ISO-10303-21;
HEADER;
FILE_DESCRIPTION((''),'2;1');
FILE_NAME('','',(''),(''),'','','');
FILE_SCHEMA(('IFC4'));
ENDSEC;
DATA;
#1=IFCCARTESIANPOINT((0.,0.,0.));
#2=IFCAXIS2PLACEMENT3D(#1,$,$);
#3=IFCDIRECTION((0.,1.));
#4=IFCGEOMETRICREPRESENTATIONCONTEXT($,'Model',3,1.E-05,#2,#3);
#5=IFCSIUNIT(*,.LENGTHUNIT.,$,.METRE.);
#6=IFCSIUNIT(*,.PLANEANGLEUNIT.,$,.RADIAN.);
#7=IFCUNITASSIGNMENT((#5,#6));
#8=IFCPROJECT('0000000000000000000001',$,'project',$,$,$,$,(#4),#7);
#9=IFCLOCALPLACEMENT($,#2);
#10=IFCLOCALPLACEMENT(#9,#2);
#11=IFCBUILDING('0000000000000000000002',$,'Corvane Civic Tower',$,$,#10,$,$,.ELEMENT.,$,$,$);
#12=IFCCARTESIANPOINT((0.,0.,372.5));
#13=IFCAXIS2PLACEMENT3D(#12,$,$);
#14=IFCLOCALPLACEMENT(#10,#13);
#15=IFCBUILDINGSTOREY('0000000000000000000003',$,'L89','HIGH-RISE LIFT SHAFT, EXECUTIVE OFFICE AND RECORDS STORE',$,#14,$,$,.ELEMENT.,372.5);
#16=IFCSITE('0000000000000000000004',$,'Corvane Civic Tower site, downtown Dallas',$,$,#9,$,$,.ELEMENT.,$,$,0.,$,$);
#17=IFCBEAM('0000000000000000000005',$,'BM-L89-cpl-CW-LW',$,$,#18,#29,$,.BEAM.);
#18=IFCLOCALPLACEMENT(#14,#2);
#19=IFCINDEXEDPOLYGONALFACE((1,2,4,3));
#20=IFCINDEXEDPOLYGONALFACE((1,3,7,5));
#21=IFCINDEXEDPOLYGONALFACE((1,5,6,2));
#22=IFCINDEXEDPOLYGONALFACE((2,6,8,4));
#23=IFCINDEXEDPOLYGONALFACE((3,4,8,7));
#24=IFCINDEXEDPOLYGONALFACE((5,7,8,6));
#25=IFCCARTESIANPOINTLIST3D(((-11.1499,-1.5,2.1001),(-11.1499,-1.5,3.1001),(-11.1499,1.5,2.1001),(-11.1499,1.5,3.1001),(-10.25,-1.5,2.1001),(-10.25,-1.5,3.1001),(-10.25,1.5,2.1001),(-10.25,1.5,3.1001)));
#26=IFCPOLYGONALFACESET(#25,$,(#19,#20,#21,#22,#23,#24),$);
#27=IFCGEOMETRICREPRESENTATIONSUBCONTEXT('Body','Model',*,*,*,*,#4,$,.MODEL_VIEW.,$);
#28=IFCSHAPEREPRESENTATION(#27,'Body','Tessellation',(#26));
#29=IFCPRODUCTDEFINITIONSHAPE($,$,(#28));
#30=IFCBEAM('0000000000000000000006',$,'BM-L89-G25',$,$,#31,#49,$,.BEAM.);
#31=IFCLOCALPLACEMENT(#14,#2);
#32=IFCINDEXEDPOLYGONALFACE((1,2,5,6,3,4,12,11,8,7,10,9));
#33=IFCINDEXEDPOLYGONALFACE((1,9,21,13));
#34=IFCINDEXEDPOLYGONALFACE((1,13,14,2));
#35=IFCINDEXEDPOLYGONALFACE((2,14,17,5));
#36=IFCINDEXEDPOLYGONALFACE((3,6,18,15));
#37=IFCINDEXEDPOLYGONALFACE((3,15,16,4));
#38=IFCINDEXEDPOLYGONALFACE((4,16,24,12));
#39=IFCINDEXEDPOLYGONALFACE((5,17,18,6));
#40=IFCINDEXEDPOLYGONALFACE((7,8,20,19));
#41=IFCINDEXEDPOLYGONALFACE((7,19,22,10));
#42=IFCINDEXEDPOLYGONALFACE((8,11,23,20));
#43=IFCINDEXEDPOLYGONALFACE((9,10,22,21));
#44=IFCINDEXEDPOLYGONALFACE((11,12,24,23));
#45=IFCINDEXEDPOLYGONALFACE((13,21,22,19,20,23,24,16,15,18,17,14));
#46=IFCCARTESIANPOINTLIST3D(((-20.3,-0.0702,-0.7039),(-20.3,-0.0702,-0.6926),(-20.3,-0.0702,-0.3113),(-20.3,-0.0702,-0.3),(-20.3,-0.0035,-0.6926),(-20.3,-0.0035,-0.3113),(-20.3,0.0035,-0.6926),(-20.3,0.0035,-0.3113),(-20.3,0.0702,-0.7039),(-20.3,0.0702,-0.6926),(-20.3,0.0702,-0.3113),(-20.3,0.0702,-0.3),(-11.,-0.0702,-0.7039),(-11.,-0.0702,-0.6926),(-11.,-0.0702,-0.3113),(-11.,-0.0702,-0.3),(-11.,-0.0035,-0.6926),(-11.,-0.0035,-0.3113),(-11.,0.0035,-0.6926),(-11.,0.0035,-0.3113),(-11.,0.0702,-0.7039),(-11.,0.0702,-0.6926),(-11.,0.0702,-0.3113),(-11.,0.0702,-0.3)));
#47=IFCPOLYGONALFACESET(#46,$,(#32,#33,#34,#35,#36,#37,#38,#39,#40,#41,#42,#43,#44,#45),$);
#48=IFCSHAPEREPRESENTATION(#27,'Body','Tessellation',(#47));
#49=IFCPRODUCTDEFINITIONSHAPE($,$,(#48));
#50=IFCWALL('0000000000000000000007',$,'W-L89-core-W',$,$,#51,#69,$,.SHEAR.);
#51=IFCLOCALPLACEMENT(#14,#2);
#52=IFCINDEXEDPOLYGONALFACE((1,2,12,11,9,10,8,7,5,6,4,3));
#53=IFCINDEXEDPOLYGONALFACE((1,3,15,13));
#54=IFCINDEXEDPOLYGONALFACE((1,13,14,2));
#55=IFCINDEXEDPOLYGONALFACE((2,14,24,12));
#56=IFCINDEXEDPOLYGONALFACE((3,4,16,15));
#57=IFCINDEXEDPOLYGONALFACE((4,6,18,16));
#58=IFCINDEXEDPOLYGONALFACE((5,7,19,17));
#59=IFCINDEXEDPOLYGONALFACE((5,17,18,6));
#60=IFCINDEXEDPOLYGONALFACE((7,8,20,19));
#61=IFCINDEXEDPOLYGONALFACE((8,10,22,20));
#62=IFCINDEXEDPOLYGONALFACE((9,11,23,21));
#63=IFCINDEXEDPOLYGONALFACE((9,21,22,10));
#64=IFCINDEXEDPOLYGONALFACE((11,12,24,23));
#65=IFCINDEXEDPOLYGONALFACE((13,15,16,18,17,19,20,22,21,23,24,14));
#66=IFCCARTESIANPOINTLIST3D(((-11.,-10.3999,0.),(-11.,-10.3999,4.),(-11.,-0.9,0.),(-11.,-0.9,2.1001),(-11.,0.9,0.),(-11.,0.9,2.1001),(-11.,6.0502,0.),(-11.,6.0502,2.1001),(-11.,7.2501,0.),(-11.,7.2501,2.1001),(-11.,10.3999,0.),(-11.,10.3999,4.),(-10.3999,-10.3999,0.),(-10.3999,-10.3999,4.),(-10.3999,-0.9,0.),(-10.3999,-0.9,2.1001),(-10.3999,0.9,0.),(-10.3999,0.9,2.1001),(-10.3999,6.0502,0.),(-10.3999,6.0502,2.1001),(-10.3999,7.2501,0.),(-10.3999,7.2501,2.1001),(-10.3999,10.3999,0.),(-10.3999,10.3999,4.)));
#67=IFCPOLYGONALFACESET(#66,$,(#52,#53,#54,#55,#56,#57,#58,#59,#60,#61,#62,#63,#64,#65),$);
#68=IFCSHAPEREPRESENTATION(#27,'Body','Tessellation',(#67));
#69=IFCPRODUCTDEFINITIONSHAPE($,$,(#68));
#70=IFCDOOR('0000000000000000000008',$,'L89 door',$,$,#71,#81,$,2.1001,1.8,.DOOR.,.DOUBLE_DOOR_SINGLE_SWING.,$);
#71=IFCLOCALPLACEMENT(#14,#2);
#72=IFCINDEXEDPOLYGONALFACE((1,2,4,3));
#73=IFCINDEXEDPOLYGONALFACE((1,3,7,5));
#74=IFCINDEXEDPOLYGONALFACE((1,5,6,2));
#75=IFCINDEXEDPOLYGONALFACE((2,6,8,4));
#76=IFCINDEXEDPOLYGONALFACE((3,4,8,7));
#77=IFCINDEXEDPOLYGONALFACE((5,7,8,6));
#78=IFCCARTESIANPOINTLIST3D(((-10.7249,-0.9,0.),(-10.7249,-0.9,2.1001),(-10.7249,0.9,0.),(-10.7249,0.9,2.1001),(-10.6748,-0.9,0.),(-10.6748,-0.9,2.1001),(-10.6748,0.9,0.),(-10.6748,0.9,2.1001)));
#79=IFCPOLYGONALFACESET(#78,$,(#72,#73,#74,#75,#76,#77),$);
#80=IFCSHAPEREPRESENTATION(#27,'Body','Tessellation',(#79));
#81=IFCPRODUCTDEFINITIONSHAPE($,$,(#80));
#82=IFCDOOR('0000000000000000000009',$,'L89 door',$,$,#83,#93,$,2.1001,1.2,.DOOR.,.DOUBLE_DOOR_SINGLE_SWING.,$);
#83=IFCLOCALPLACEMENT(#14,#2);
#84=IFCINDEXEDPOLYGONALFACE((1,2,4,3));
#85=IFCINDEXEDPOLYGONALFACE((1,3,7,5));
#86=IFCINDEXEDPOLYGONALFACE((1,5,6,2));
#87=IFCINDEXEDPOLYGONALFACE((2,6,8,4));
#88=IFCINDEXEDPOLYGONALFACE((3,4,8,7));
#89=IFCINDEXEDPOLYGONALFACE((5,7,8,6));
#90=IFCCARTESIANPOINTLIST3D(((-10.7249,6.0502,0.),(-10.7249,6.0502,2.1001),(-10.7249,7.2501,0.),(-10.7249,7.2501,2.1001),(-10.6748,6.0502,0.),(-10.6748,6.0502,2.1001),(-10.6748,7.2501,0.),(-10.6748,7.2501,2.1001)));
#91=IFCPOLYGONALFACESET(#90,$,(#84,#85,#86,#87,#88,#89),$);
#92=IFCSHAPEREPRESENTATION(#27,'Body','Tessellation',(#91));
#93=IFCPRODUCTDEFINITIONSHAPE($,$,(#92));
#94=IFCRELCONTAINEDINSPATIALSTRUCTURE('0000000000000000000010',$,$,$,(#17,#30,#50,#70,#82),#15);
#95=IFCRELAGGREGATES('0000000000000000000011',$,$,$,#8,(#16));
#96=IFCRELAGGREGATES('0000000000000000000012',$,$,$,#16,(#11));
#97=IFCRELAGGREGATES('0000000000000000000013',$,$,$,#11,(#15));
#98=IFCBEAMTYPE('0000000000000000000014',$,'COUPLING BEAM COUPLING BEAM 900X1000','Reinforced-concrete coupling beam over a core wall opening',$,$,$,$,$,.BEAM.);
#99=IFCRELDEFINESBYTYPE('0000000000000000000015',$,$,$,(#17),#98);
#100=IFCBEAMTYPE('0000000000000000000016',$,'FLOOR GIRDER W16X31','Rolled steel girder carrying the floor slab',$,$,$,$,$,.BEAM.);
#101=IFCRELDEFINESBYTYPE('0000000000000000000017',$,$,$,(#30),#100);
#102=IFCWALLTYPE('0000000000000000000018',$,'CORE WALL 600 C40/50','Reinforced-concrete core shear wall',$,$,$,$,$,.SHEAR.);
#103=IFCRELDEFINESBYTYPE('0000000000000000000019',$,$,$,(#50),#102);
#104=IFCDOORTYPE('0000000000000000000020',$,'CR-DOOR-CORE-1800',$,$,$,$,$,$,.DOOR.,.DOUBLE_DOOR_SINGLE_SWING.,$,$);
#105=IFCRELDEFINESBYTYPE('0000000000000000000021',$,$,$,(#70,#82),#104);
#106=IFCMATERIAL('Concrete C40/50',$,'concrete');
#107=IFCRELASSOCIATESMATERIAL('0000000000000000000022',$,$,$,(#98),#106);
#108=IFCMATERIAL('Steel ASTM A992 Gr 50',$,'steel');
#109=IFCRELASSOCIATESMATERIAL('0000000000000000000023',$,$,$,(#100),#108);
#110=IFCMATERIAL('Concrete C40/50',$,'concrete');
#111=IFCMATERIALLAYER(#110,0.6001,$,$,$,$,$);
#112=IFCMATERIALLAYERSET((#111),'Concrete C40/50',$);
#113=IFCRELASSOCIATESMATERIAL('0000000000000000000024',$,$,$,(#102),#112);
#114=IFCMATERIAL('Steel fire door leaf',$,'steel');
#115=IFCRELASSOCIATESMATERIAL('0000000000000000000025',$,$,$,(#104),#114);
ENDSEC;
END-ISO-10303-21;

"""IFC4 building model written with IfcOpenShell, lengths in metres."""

from ifc_helpers import new_model, si_unit, direction, frame, frame_2d, origin, origin_2d, place, context, subcontext, project, spatial, rectangle, i_section, extrude, material, layer, layer_set, material_profile, profile_set, type_object, element, fill, save


model = new_model("IFC4")

# Units and contexts
model_context = context("Model", 3, precision=1e-05, world=origin(), true_north=direction((0.0, 1.0)))
body_context = subcontext(model_context, "Body", "Model", "MODEL_VIEW")
ifc_project = project(units=[si_unit("LENGTHUNIT", "METRE"), si_unit("PLANEANGLEUNIT", "RADIAN")], contexts=[model_context])

# Site, building, storey
site_placement = place(None, origin())
site = spatial("IfcSite", under=ifc_project, at=site_placement, Name="Corvane Civic Tower site, downtown Dallas", CompositionType="ELEMENT", RefElevation=0.0)
building_placement = place(site_placement, origin())
building = spatial("IfcBuilding", under=site, at=building_placement, Name="Corvane Civic Tower", CompositionType="ELEMENT")
storey_placement = place(building_placement, frame((0.0, 0.0, 372.5)))
storey = spatial("IfcBuildingStorey", under=building, at=storey_placement, Name="L89", Description="HIGH-RISE LIFT SHAFT, EXECUTIVE OFFICE AND RECORDS STORE", CompositionType="ELEMENT", Elevation=372.5)

# Beams
ifc_material_1 = material(Name="Concrete C40/50", Category="concrete")
ifc_material_profile_1 = material_profile(ifc_material_1, rectangle(XDim=0.8999, YDim=1.0, at=origin_2d()), Name="COUPLING BEAM 900X1000")
ifc_profile_set_1 = profile_set([ifc_material_profile_1], Name="Concrete C40/50")
beam_type_1 = type_object("IfcBeamType", Name="COUPLING BEAM COUPLING BEAM 900X1000", Description="Reinforced-concrete coupling beam over a core wall opening", PredefinedType="BEAM", material=ifc_profile_set_1)
beam_1_placement = place(storey_placement, frame((-10.7, -1.5, 2.6001), z_axis=(0.0, 1.0, 0.0), x_axis=(-1.0, 0.0, 0.0)))
element("IfcBeam", 1, at=beam_1_placement, inside=storey, type_object=beam_type_1, Name="BM-L89-cpl-CW-LW", PredefinedType="BEAM", context=body_context, shape_type="SweptSolid", body=[
    extrude(rectangle(XDim=0.8999, YDim=1.0, at=origin_2d()), origin(), (0.0, 0.0, 1.0), 3.0),
])
ifc_material_2 = material(Name="Steel ASTM A992 Gr 50", Category="steel")
ifc_material_profile_2 = material_profile(ifc_material_2, i_section(OverallWidth=0.1404, OverallDepth=0.4038, WebThickness=0.0071, FlangeThickness=0.0112, at=origin_2d()), Name="W16X31")
ifc_profile_set_2 = profile_set([ifc_material_profile_2], Name="Steel ASTM A992 Gr 50")
beam_type_2 = type_object("IfcBeamType", Name="FLOOR GIRDER W16X31", Description="Rolled steel girder carrying the floor slab", PredefinedType="BEAM", material=ifc_profile_set_2)
beam_2_placement = place(storey_placement, frame((-11.0, 0.0, -0.502), z_axis=(-1.0, 0.0, 0.0), x_axis=(0.0, -1.0, 0.0)))
element("IfcBeam", 2, at=beam_2_placement, inside=storey, type_object=beam_type_2, Name="BM-L89-G25", PredefinedType="BEAM", context=body_context, shape_type="SweptSolid", body=[
    extrude(i_section(OverallWidth=0.1404, OverallDepth=0.4038, WebThickness=0.0071, FlangeThickness=0.0112, at=origin_2d()), origin(), (0.0, 0.0, 1.0), 9.3),
])

# Wall, openings, doors
ifc_material_3 = material(Name="Concrete C40/50", Category="concrete")
ifc_layer_1 = layer(ifc_material_3, 0.6001)
ifc_layer_set_1 = layer_set([ifc_layer_1], Name="Concrete C40/50")
wall_type_1 = type_object("IfcWallType", Name="CORE WALL 600 C40/50", Description="Reinforced-concrete core shear wall", PredefinedType="SHEAR", material=ifc_layer_set_1)
wall_1_placement = place(storey_placement, frame((-10.7, -10.3999, 0.0), z_axis=(0.0, 0.0, 1.0), x_axis=(0.0, 1.0, 0.0)))
wall_1 = element("IfcWall", 3, at=wall_1_placement, inside=storey, type_object=wall_type_1, Name="W-L89-core-W", PredefinedType="SHEAR", context=body_context, shape_type="SweptSolid", body=[
    extrude(rectangle(XDim=20.7998, YDim=0.6001, at=frame_2d((10.3999, 0.0))), origin(), (0.0, 0.0, 1.0), 4.0),
])
opening_1_placement = place(wall_1_placement, frame((9.5, 0.0, 0.0)))
opening_1 = element("IfcOpeningElement", 4, at=opening_1_placement, cuts=wall_1, PredefinedType="OPENING", context=body_context, shape_type="SweptSolid", body=[
    extrude(rectangle(XDim=1.8, YDim=2.1001, at=frame_2d((0.8999, 1.05))), frame((0.0, 0.3101, 0.0), z_axis=(0.0, -1.0, 0.0), x_axis=(1.0, 0.0, 0.0)), (0.0, 0.0, 1.0), 0.6201),
])
opening_2_placement = place(wall_1_placement, frame((16.45, 0.0, 0.0)))
opening_2 = element("IfcOpeningElement", 5, at=opening_2_placement, cuts=wall_1, PredefinedType="OPENING", context=body_context, shape_type="SweptSolid", body=[
    extrude(rectangle(XDim=1.2, YDim=2.1001, at=frame_2d((0.6001, 1.05))), frame((0.0, 0.3101, 0.0), z_axis=(0.0, -1.0, 0.0), x_axis=(1.0, 0.0, 0.0)), (0.0, 0.0, 1.0), 0.6201),
])
ifc_material_4 = material(Name="Steel fire door leaf", Category="steel")
door_type_1 = type_object("IfcDoorType", Name="CR-DOOR-CORE-1800", OperationType="DOUBLE_DOOR_SINGLE_SWING", PredefinedType="DOOR", material=ifc_material_4)
door_1_placement = place(opening_1_placement, origin())
door_1 = element("IfcDoor", 6, at=door_1_placement, inside=storey, type_object=door_type_1, Name="L89 door", OperationType="DOUBLE_DOOR_SINGLE_SWING", OverallHeight=2.1001, OverallWidth=1.8, PredefinedType="DOOR", context=body_context, shape_type="SweptSolid", body=[
    extrude(rectangle(XDim=1.8, YDim=2.1001, at=frame_2d((0.8999, 1.05))), frame((0.0, 0.0249, 0.0), z_axis=(0.0, -1.0, 0.0), x_axis=(1.0, 0.0, 0.0)), (0.0, 0.0, 1.0), 0.05),
])
fill(opening_1, door_1)
door_2_placement = place(opening_2_placement, origin())
door_2 = element("IfcDoor", 7, at=door_2_placement, inside=storey, type_object=door_type_1, Name="L89 door", OperationType="DOUBLE_DOOR_SINGLE_SWING", OverallHeight=2.1001, OverallWidth=1.2, PredefinedType="DOOR", context=body_context, shape_type="SweptSolid", body=[
    extrude(rectangle(XDim=1.2, YDim=2.1001, at=frame_2d((0.6001, 1.05))), frame((0.0, 0.0249, 0.0), z_axis=(0.0, -1.0, 0.0), x_axis=(1.0, 0.0, 0.0)), (0.0, 0.0, 1.0), 0.05),
])
fill(opening_2, door_2)

save(model, "model.ifc")
